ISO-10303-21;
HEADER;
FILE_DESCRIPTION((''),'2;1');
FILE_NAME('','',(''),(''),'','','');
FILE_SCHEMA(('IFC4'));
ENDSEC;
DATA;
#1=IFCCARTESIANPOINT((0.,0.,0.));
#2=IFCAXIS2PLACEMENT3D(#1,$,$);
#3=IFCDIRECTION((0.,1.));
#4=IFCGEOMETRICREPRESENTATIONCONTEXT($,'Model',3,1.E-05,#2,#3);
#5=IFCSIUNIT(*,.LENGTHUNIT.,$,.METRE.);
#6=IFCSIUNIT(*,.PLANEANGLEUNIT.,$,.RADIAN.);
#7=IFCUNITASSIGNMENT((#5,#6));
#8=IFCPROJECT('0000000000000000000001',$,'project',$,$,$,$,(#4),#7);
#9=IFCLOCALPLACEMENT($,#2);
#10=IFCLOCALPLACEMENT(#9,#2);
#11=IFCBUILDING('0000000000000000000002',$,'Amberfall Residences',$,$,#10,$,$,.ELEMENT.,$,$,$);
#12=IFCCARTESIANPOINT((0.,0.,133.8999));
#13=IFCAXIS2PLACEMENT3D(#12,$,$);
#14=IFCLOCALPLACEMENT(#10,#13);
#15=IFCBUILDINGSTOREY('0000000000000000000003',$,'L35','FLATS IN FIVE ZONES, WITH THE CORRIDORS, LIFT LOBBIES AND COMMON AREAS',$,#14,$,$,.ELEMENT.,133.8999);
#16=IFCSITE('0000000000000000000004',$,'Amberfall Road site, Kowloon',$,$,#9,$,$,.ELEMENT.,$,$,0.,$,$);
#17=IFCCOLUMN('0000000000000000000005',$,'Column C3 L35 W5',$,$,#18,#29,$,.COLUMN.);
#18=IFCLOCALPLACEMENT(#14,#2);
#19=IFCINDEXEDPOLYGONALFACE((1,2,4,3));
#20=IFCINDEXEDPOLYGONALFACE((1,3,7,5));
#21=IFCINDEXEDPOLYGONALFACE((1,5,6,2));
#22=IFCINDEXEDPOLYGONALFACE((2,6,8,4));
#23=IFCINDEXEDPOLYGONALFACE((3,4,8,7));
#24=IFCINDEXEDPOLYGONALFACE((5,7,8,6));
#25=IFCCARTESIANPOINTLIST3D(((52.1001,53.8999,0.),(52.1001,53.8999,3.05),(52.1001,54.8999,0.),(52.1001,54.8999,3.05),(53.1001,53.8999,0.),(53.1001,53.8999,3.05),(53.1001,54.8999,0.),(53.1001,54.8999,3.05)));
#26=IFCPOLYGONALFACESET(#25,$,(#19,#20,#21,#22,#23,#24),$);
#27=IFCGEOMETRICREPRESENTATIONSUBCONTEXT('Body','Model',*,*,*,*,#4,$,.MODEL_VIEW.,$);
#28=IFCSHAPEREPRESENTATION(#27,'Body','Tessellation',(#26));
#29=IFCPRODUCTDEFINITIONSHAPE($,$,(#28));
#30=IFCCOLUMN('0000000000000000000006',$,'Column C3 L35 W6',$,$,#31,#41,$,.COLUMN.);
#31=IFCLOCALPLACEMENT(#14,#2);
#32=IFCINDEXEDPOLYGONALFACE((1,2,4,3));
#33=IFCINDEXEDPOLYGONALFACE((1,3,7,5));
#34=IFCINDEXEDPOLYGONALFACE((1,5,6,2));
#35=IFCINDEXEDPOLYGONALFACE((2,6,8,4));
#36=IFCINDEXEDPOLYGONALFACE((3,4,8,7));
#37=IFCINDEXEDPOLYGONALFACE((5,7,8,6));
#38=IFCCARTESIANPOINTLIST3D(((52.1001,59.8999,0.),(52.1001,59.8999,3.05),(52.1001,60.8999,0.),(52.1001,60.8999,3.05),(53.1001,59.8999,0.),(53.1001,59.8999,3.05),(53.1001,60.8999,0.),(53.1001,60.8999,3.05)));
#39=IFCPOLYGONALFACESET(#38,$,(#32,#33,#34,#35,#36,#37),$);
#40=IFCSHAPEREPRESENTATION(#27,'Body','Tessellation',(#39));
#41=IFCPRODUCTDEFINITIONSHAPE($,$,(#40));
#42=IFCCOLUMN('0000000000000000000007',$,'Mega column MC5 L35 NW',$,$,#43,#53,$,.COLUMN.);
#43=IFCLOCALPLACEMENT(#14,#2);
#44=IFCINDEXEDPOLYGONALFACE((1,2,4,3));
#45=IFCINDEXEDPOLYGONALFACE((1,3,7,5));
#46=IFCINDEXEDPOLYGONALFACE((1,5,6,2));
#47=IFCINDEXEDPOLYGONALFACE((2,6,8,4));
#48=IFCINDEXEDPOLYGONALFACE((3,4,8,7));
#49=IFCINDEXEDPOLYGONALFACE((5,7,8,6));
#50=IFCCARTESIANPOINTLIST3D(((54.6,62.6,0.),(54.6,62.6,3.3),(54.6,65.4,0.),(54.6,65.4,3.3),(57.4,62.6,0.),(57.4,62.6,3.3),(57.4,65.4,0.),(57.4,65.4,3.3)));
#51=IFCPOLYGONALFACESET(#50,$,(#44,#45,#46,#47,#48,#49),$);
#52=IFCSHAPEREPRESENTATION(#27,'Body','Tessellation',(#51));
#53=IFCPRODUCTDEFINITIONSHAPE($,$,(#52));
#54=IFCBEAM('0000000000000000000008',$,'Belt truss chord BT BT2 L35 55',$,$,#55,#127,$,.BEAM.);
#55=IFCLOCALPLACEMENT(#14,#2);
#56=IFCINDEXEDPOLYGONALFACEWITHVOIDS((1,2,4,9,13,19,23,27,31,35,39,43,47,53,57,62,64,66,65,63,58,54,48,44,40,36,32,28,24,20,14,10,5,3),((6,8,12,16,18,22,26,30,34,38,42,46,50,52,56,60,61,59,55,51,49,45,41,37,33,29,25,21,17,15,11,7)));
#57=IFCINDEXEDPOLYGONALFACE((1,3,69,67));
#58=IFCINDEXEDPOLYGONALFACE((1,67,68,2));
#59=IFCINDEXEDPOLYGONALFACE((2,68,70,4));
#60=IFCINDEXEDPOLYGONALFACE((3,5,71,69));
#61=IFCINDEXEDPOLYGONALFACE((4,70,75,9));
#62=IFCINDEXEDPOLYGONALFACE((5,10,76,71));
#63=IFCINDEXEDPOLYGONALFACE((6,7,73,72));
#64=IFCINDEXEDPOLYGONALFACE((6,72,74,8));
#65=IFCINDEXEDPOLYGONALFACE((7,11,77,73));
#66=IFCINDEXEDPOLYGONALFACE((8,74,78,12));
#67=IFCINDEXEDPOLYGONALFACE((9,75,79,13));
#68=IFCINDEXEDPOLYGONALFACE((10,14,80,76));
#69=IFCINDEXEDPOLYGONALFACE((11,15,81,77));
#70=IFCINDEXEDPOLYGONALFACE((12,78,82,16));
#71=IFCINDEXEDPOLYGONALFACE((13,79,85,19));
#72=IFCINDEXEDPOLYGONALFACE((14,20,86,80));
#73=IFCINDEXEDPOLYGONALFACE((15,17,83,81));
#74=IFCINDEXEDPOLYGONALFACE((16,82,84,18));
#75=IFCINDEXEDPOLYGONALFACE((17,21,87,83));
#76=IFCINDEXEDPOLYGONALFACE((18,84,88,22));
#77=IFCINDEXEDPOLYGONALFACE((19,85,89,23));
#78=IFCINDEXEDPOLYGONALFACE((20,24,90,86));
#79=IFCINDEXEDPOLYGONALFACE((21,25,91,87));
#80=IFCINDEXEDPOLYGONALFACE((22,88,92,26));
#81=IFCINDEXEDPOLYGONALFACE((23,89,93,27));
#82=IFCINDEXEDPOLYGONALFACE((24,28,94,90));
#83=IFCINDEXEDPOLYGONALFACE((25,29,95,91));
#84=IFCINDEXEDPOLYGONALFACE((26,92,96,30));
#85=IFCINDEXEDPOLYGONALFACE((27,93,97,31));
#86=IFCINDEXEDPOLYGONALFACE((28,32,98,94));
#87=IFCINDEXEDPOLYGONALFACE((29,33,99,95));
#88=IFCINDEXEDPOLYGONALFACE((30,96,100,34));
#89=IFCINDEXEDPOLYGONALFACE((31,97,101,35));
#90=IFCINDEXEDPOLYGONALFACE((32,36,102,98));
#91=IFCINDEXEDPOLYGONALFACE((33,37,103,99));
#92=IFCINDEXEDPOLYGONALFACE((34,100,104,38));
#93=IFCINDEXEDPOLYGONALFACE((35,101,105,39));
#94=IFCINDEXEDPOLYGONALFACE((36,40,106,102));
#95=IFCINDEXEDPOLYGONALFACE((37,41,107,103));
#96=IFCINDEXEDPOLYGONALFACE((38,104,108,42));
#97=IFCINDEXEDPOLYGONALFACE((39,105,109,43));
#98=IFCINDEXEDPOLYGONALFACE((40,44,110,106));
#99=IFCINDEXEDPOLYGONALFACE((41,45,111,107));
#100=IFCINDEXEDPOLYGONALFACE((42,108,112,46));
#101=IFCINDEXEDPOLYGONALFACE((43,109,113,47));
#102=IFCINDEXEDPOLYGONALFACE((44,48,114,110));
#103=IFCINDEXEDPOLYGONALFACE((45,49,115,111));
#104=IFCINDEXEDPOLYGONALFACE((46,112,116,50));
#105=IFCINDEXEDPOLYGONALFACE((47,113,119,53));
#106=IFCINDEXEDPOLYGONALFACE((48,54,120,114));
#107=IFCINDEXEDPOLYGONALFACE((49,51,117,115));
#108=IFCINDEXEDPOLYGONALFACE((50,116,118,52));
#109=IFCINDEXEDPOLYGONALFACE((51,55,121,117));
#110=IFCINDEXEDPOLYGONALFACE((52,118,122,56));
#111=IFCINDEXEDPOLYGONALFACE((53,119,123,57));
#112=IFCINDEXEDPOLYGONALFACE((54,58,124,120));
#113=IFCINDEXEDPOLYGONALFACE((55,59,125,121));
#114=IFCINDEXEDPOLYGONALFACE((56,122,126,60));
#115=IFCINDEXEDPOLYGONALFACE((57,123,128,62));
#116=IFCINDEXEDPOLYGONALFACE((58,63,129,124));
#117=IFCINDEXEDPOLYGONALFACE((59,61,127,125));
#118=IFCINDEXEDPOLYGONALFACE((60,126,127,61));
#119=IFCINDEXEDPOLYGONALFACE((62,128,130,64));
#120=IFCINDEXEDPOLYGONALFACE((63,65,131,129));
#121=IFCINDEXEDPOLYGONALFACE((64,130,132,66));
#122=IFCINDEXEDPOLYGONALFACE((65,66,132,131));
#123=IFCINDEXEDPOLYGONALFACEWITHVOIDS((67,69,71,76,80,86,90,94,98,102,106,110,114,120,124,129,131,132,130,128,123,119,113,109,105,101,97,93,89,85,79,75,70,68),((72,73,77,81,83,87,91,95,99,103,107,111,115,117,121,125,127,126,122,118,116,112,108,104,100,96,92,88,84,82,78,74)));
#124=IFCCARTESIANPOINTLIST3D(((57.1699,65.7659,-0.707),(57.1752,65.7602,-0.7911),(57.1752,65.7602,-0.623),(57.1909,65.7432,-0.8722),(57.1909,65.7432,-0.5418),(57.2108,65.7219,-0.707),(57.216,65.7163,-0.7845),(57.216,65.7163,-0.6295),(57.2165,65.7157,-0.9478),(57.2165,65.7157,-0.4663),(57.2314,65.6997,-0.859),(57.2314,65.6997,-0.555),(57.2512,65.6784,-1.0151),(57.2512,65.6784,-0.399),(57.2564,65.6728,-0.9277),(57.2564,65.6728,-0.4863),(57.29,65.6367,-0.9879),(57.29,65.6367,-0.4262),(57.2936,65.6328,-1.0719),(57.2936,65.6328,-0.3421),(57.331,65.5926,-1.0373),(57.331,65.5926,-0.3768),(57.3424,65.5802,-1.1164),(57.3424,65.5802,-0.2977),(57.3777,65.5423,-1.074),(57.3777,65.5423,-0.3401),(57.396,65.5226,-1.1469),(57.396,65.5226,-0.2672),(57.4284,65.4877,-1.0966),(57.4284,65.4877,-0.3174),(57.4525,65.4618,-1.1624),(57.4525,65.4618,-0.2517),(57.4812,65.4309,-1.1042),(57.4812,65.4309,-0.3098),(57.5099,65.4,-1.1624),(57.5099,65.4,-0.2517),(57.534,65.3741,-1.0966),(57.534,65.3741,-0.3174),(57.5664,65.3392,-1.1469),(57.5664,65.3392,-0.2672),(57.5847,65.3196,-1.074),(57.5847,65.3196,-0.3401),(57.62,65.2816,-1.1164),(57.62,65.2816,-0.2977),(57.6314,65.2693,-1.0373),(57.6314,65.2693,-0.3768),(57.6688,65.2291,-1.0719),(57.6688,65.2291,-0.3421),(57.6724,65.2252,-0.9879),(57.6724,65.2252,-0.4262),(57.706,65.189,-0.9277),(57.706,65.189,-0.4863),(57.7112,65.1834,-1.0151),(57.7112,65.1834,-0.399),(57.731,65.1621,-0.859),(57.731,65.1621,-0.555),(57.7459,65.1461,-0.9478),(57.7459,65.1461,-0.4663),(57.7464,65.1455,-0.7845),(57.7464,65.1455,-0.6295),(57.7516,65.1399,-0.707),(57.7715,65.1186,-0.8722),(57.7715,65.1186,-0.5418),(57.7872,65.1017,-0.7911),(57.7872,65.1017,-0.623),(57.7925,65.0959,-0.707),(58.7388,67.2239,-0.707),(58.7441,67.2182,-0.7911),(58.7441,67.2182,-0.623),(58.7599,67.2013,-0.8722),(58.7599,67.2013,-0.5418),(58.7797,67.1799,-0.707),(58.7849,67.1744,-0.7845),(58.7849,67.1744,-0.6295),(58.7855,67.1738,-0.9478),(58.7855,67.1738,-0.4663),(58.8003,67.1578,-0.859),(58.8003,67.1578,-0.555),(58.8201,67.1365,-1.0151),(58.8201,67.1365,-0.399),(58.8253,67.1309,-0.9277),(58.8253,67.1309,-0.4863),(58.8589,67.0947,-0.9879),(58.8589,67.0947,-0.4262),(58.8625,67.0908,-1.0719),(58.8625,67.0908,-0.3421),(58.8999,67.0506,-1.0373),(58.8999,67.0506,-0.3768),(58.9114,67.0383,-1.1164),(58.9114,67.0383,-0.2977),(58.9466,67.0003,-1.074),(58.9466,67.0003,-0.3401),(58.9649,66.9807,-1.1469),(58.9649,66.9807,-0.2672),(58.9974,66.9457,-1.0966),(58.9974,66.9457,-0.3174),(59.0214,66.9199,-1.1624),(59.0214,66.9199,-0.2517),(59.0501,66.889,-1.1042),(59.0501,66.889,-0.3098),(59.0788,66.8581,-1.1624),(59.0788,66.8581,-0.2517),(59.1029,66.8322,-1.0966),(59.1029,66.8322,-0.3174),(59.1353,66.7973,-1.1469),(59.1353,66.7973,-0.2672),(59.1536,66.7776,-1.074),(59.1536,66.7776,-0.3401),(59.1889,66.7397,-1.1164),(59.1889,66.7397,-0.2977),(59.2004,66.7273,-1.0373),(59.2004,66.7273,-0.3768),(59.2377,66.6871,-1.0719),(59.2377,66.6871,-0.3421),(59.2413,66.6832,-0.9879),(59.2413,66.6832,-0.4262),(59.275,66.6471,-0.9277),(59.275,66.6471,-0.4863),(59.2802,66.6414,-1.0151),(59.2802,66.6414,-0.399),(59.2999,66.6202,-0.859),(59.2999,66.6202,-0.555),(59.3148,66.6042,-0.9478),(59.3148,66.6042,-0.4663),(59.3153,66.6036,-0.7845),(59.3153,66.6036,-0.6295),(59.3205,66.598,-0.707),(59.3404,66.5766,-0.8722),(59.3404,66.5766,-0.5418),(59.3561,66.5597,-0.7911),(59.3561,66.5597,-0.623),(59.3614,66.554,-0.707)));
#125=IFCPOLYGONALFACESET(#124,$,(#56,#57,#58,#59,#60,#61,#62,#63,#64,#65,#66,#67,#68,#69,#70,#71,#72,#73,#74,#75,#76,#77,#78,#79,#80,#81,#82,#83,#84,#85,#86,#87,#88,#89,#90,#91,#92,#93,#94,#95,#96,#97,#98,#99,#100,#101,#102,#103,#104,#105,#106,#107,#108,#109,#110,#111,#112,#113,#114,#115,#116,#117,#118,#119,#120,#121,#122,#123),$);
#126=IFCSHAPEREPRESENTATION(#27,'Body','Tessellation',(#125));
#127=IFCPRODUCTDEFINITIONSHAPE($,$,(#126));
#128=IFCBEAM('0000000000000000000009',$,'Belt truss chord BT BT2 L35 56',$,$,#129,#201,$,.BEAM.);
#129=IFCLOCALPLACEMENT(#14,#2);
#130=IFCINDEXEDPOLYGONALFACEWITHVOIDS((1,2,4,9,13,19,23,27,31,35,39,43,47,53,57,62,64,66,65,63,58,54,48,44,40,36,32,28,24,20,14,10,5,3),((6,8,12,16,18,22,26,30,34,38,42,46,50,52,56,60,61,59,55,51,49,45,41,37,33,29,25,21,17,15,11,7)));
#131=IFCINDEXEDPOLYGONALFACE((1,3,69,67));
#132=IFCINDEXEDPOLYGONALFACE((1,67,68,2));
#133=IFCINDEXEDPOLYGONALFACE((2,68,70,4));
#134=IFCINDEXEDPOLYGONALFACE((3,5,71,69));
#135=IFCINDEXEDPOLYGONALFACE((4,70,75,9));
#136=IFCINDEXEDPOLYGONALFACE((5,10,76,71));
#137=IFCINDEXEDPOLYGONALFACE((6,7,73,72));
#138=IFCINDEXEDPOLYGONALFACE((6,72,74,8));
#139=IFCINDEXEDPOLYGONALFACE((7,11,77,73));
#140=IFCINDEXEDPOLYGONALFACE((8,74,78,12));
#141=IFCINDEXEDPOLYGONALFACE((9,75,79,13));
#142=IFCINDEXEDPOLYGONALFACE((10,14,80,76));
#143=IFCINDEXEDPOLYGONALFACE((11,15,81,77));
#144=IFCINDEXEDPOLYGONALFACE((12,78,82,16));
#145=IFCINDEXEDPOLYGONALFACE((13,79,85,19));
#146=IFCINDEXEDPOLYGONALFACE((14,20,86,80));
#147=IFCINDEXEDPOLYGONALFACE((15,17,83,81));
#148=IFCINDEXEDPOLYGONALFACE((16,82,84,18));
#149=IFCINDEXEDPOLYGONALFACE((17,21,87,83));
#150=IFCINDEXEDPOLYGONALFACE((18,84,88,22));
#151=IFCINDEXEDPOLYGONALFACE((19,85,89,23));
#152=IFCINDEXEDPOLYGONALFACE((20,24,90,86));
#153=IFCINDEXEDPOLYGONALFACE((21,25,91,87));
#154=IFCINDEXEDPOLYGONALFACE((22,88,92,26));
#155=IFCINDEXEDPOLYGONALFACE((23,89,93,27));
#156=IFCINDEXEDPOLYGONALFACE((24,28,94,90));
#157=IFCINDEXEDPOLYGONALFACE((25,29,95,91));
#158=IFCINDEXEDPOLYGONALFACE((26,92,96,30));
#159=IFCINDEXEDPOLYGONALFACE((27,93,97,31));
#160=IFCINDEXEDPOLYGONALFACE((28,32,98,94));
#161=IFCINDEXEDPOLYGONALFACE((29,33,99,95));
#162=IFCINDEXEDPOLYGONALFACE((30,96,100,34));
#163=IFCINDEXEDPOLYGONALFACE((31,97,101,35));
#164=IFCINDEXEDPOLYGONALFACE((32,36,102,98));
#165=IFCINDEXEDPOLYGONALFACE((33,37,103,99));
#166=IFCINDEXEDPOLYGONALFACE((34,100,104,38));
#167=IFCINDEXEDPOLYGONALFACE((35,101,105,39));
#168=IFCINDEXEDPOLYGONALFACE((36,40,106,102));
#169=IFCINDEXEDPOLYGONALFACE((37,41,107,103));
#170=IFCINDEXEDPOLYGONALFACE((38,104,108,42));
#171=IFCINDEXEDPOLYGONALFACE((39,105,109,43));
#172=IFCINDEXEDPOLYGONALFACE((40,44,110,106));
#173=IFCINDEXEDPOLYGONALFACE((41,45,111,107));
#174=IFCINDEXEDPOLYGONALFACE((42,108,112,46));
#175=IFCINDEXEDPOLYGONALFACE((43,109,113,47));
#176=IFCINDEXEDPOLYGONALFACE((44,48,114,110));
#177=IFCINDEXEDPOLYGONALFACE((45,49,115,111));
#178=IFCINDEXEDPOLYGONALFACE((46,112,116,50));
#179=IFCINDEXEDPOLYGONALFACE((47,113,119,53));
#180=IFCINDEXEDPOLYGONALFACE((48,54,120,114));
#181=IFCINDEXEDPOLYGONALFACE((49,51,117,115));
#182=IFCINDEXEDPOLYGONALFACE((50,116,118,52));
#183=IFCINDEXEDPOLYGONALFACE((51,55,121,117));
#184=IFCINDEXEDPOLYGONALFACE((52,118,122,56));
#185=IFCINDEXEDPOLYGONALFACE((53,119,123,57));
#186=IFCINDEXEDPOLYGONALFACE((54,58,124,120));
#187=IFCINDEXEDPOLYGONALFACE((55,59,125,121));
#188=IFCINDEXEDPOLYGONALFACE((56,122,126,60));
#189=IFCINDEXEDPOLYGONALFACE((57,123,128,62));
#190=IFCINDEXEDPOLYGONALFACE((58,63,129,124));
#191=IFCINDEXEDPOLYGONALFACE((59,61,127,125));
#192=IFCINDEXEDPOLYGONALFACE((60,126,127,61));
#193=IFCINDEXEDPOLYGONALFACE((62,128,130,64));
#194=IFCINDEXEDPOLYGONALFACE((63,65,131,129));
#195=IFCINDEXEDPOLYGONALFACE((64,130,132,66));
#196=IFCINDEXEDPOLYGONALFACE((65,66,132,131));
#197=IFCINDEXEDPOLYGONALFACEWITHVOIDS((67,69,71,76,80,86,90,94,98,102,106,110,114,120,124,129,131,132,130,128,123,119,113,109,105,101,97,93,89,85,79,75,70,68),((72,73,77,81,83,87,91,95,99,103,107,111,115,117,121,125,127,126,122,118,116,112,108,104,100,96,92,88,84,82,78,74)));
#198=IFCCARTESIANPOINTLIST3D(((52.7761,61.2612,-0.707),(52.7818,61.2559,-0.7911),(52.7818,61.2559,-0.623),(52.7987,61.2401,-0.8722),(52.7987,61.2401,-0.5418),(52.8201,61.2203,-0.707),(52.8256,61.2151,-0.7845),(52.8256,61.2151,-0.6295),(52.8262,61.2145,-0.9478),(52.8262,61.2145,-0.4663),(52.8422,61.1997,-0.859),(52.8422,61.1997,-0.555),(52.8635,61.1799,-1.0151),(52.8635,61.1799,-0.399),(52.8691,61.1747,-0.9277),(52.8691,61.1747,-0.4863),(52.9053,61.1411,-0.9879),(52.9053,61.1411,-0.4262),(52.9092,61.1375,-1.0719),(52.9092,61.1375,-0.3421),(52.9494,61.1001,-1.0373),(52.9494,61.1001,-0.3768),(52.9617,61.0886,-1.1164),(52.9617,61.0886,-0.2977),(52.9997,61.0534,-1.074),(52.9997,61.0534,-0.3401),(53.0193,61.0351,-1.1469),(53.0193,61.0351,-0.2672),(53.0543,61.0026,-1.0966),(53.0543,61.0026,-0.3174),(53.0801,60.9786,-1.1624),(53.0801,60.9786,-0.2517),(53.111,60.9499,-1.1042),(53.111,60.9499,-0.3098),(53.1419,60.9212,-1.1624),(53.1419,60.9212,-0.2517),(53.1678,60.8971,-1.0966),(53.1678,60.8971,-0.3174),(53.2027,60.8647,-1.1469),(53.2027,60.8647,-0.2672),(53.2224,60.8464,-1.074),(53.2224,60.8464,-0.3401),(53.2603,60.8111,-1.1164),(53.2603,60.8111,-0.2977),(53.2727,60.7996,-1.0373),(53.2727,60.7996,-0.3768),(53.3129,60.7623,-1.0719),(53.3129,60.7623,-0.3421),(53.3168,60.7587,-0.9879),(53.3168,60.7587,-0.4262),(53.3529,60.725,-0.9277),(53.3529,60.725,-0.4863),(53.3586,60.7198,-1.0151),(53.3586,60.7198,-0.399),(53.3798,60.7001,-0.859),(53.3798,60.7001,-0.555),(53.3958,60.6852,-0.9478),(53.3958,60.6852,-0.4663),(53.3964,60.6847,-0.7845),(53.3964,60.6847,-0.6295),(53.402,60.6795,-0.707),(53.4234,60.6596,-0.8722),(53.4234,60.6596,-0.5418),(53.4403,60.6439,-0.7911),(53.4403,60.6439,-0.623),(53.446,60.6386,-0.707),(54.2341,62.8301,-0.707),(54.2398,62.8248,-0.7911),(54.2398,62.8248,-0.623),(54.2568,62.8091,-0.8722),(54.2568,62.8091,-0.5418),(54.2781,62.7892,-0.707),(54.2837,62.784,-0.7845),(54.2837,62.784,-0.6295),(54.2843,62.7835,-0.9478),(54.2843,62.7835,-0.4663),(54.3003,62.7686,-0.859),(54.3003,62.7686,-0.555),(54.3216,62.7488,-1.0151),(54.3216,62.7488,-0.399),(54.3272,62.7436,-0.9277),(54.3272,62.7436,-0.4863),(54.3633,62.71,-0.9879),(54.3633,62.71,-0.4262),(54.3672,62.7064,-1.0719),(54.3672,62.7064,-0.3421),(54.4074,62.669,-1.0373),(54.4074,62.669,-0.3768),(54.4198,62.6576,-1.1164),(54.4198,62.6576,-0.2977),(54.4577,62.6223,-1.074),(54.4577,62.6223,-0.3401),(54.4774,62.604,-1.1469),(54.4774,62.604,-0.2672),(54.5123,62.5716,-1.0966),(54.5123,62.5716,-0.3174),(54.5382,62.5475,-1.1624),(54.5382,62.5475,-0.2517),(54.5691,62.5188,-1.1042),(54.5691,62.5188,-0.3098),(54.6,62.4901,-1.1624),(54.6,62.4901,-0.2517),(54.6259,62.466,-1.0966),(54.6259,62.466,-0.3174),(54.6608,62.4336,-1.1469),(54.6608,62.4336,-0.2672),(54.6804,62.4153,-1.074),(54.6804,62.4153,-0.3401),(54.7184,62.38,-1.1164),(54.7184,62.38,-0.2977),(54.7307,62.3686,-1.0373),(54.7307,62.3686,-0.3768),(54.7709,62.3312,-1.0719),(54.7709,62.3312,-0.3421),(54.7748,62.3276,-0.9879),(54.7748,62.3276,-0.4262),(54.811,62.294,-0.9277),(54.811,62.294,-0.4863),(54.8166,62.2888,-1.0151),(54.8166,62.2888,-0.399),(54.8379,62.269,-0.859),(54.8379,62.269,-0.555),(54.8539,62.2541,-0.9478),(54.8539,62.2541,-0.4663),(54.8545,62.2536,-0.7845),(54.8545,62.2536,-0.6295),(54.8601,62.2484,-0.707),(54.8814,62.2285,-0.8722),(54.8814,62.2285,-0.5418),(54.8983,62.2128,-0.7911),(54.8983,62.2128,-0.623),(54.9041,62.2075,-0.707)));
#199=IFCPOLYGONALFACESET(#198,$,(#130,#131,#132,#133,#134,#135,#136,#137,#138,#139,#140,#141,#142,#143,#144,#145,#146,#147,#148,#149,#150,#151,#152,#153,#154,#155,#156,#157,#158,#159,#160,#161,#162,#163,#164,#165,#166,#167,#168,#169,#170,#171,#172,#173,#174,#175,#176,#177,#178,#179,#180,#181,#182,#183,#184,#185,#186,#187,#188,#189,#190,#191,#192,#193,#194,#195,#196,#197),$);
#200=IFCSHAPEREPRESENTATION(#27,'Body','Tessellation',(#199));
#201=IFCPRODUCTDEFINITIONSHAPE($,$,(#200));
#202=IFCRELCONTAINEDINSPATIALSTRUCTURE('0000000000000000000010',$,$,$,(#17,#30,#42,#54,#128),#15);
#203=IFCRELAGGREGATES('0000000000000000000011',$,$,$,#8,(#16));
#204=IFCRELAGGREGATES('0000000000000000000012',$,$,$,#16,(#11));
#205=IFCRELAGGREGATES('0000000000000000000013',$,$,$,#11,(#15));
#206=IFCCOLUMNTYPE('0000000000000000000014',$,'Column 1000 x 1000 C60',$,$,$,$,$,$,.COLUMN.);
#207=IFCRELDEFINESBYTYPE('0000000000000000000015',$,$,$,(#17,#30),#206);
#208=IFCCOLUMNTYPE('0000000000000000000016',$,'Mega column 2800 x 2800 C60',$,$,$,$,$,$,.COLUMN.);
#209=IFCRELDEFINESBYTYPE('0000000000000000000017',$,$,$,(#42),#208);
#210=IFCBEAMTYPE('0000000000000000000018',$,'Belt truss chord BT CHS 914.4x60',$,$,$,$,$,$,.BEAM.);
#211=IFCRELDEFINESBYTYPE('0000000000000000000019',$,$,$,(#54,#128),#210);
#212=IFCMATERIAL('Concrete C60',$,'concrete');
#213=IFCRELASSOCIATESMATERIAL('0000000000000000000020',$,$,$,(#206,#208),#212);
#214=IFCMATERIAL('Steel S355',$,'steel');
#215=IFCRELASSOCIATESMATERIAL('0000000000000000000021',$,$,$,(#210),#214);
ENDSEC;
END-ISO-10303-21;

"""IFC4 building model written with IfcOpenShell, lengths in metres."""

from ifc_helpers import new_model, si_unit, direction, frame, origin, origin_2d, place, context, subcontext, project, spatial, rectangle, hollow_circle, extrude, material, material_profile, profile_set, type_object, element, save


model = new_model("IFC4")

# Units and contexts
model_context = context("Model", 3, precision=1e-05, world=origin(), true_north=direction((0.0, 1.0)))
body_context = subcontext(model_context, "Body", "Model", "MODEL_VIEW")
ifc_project = project(units=[si_unit("LENGTHUNIT", "METRE"), si_unit("PLANEANGLEUNIT", "RADIAN")], contexts=[model_context])

# Site, building, storey
site_placement = place(None, origin())
site = spatial("IfcSite", under=ifc_project, at=site_placement, Name="Amberfall Road site, Kowloon", CompositionType="ELEMENT", RefElevation=0.0)
building_placement = place(site_placement, origin())
building = spatial("IfcBuilding", under=site, at=building_placement, Name="Amberfall Residences", CompositionType="ELEMENT")
storey_placement = place(building_placement, frame((0.0, 0.0, 133.8999)))
storey = spatial("IfcBuildingStorey", under=building, at=storey_placement, Name="L35", Description="FLATS IN FIVE ZONES, WITH THE CORRIDORS, LIFT LOBBIES AND COMMON AREAS", CompositionType="ELEMENT", Elevation=133.8999)

# Columns
ifc_material_1 = material(Name="Concrete C60", Category="concrete")
ifc_material_profile_1 = material_profile(ifc_material_1, rectangle(XDim=1.0, YDim=1.0, at=origin_2d()), Name="Column 1000 x 1000 C60")
ifc_profile_set_1 = profile_set([ifc_material_profile_1], Name="Concrete C60")
column_type_1 = type_object("IfcColumnType", Name="Column 1000 x 1000 C60", PredefinedType="COLUMN", material=ifc_profile_set_1)
for number, where, z_axis, x_axis, name in (
    (1, (52.6001, 54.3999, 0.0), (0.0, 0.0, 1.0), (1.0, 0.0, 0.0), "Column C3 L35 W5"),
    (2, (52.6001, 60.3999, 0.0), (0.0, 0.0, 1.0), (1.0, 0.0, 0.0), "Column C3 L35 W6"),
):
    element("IfcColumn", number, at=place(storey_placement, frame(where, z_axis=z_axis, x_axis=x_axis)), inside=storey, type_object=column_type_1, Name=name, PredefinedType="COLUMN", context=body_context, shape_type="SweptSolid", body=[
        extrude(rectangle(XDim=1.0, YDim=1.0, at=origin_2d()), origin(), (0.0, 0.0, 1.0), 3.05),
    ])
ifc_material_profile_2 = material_profile(ifc_material_1, rectangle(XDim=2.8, YDim=2.8, at=origin_2d()), Name="Mega column 2800 x 2800 C60")
ifc_profile_set_2 = profile_set([ifc_material_profile_2], Name="Concrete C60")
column_type_2 = type_object("IfcColumnType", Name="Mega column 2800 x 2800 C60", PredefinedType="COLUMN", material=ifc_profile_set_2)
column_placement = place(storey_placement, frame((56.0, 64.0, 0.0), z_axis=(0.0, 0.0, 1.0), x_axis=(1.0, 0.0, 0.0)))
element("IfcColumn", 3, at=column_placement, inside=storey, type_object=column_type_2, Name="Mega column MC5 L35 NW", PredefinedType="COLUMN", context=body_context, shape_type="SweptSolid", body=[
    extrude(rectangle(XDim=2.8, YDim=2.8, at=origin_2d()), origin(), (0.0, 0.0, 1.0), 3.3),
])

# Beams
ifc_material_2 = material(Name="Steel S355", Category="steel")
ifc_material_profile_3 = material_profile(ifc_material_2, hollow_circle(Radius=0.4573, WallThickness=0.0601, at=origin_2d()), Name="CHS 914.4x60")
ifc_profile_set_3 = profile_set([ifc_material_profile_3], Name="Steel S355")
beam_type_1 = type_object("IfcBeamType", Name="Belt truss chord BT CHS 914.4x60", PredefinedType="BEAM", material=ifc_profile_set_3)
for number, where, z_axis, x_axis, name in (
    (4, (57.4812, 65.4309, -0.707), (0.732509, 0.680757, 0.0), (-0.680757, 0.732509, 0.0), "Belt truss chord BT BT2 L35 55"),
    (5, (54.5691, 62.5188, -0.707), (-0.680757, -0.732509, 0.0), (0.732509, -0.680757, 0.0), "Belt truss chord BT BT2 L35 56"),
):
    element("IfcBeam", number, at=place(storey_placement, frame(where, z_axis=z_axis, x_axis=x_axis)), inside=storey, type_object=beam_type_1, Name=name, PredefinedType="BEAM", context=body_context, shape_type="SweptSolid", body=[
        extrude(hollow_circle(Radius=0.4573, WallThickness=0.0601, at=origin_2d()), origin(), (0.0, 0.0, 1.0), 2.1418),
    ])

save(model, "model.ifc")
